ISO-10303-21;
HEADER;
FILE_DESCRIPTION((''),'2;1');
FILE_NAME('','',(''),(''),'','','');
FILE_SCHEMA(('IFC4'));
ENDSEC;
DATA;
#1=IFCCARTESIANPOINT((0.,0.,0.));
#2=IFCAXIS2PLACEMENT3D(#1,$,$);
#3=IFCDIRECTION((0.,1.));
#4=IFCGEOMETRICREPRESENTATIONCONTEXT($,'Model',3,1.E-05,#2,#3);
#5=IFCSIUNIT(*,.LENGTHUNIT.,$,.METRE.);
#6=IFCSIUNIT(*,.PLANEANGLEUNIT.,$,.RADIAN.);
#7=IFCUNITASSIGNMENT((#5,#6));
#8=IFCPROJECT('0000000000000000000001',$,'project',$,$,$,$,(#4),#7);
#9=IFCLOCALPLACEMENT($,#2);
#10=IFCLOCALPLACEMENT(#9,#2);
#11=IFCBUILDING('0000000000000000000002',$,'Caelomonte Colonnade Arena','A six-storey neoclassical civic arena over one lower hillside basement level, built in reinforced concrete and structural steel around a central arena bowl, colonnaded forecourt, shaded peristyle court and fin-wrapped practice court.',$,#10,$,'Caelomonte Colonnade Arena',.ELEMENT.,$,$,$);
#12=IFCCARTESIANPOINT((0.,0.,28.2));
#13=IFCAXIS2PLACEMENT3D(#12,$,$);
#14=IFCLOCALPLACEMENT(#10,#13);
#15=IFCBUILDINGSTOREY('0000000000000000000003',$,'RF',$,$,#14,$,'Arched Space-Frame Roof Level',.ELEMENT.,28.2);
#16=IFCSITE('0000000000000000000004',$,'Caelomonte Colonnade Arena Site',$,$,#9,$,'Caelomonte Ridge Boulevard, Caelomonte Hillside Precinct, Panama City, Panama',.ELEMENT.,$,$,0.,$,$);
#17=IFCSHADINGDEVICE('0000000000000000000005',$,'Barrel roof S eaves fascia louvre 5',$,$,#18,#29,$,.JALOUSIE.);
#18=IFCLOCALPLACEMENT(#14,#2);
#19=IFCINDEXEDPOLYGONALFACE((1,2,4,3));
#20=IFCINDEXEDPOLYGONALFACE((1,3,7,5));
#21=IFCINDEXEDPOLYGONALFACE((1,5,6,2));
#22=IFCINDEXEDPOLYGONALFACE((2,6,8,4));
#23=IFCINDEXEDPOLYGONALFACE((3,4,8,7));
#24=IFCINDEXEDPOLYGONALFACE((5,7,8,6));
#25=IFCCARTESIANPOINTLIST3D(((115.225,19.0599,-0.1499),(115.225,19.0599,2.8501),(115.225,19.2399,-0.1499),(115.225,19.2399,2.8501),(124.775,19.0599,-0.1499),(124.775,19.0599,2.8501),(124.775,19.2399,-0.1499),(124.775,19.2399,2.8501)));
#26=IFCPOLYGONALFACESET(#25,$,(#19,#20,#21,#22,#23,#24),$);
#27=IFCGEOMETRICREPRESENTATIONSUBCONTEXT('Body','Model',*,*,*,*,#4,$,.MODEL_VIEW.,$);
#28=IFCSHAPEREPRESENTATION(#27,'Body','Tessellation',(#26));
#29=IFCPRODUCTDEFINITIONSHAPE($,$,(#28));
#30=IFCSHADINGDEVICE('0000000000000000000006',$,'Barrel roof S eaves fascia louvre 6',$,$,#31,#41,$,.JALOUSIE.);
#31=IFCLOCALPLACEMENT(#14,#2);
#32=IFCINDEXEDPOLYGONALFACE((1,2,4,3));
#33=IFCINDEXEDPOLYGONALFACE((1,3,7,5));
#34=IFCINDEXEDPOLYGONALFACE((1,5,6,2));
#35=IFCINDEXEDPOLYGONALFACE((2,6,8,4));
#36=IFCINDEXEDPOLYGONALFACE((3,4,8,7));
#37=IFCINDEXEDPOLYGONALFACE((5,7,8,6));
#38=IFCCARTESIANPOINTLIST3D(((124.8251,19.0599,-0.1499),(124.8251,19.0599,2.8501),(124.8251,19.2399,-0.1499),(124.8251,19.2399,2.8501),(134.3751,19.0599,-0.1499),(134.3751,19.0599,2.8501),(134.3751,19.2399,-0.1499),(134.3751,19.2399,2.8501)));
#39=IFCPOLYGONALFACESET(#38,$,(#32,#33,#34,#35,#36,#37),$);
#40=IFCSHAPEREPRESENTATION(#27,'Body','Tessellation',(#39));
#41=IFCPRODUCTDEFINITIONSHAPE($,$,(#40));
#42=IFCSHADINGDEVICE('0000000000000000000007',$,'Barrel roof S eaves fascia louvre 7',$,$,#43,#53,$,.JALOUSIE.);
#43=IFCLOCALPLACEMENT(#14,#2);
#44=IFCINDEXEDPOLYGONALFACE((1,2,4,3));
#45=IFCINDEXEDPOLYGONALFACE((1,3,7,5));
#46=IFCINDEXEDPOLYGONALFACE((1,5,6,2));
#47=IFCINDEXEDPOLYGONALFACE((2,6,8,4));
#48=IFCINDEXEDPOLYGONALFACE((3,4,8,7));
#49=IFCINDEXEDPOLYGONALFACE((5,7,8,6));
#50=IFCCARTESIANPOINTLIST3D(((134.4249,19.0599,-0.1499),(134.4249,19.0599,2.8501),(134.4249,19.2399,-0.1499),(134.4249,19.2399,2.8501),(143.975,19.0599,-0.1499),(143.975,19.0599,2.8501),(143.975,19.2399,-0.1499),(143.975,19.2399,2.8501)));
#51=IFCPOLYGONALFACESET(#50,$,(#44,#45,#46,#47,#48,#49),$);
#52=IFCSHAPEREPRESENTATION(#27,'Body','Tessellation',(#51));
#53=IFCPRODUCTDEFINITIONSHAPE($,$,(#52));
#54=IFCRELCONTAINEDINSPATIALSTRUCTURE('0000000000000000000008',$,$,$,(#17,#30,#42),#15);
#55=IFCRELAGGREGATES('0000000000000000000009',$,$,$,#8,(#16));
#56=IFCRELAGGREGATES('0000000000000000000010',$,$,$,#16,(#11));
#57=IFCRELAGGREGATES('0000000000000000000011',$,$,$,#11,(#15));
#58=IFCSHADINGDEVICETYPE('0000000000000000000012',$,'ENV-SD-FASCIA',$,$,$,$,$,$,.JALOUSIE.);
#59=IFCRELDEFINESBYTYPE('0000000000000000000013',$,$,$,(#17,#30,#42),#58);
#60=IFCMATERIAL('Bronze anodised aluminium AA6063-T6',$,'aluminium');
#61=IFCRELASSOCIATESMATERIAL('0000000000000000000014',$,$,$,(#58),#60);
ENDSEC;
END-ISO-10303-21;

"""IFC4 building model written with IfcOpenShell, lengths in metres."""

from ifc_helpers import new_model, si_unit, direction, frame, origin, origin_2d, place, context, subcontext, project, spatial, rectangle, extrude, material, type_object, element, save


model = new_model("IFC4")

# Units and contexts
model_context = context("Model", 3, precision=1e-05, world=origin(), true_north=direction((0.0, 1.0)))
body_context = subcontext(model_context, "Body", "Model", "MODEL_VIEW")
ifc_project = project(units=[si_unit("LENGTHUNIT", "METRE"), si_unit("PLANEANGLEUNIT", "RADIAN")], contexts=[model_context])

# Site, building, storey
site_placement = place(None, origin())
site = spatial("IfcSite", under=ifc_project, at=site_placement, Name="Caelomonte Colonnade Arena Site", LongName="Caelomonte Ridge Boulevard, Caelomonte Hillside Precinct, Panama City, Panama", CompositionType="ELEMENT", RefElevation=0.0)
building_placement = place(site_placement, origin())
building = spatial("IfcBuilding", under=site, at=building_placement, Name="Caelomonte Colonnade Arena", Description="A six-storey neoclassical civic arena over one lower hillside basement level, built in reinforced concrete and structural steel around a central arena bowl, colonnaded forecourt, shaded peristyle court and fin-wrapped practice court.", LongName="Caelomonte Colonnade Arena", CompositionType="ELEMENT")
storey_placement = place(building_placement, frame((0.0, 0.0, 28.2)))
storey = spatial("IfcBuildingStorey", under=building, at=storey_placement, Name="RF", LongName="Arched Space-Frame Roof Level", CompositionType="ELEMENT", Elevation=28.2)

# Shading devices
ifc_material_1 = material(Name="Bronze anodised aluminium AA6063-T6", Category="aluminium")
shading_device_type = type_object("IfcShadingDeviceType", Name="ENV-SD-FASCIA", PredefinedType="JALOUSIE", material=ifc_material_1)
for number, where, z_axis, x_axis, name in (
    (1, (120.0, 19.1499, -0.1499), (0.0, 0.0, 1.0), (1.0, 0.0, 0.0), "Barrel roof S eaves fascia louvre 5"),
    (2, (129.6001, 19.1499, -0.1499), (0.0, 0.0, 1.0), (1.0, 0.0, 0.0), "Barrel roof S eaves fascia louvre 6"),
    (3, (139.2, 19.1499, -0.1499), (0.0, 0.0, 1.0), (1.0, 0.0, 0.0), "Barrel roof S eaves fascia louvre 7"),
):
    element("IfcShadingDevice", number, at=place(storey_placement, frame(where, z_axis=z_axis, x_axis=x_axis)), inside=storey, type_object=shading_device_type, Name=name, PredefinedType="JALOUSIE", context=body_context, shape_type="SweptSolid", body=[
        extrude(rectangle(XDim=9.55, YDim=0.1799, at=origin_2d()), origin(), (0.0, 0.0, 1.0), 3.0),
    ])

save(model, "model.ifc")
